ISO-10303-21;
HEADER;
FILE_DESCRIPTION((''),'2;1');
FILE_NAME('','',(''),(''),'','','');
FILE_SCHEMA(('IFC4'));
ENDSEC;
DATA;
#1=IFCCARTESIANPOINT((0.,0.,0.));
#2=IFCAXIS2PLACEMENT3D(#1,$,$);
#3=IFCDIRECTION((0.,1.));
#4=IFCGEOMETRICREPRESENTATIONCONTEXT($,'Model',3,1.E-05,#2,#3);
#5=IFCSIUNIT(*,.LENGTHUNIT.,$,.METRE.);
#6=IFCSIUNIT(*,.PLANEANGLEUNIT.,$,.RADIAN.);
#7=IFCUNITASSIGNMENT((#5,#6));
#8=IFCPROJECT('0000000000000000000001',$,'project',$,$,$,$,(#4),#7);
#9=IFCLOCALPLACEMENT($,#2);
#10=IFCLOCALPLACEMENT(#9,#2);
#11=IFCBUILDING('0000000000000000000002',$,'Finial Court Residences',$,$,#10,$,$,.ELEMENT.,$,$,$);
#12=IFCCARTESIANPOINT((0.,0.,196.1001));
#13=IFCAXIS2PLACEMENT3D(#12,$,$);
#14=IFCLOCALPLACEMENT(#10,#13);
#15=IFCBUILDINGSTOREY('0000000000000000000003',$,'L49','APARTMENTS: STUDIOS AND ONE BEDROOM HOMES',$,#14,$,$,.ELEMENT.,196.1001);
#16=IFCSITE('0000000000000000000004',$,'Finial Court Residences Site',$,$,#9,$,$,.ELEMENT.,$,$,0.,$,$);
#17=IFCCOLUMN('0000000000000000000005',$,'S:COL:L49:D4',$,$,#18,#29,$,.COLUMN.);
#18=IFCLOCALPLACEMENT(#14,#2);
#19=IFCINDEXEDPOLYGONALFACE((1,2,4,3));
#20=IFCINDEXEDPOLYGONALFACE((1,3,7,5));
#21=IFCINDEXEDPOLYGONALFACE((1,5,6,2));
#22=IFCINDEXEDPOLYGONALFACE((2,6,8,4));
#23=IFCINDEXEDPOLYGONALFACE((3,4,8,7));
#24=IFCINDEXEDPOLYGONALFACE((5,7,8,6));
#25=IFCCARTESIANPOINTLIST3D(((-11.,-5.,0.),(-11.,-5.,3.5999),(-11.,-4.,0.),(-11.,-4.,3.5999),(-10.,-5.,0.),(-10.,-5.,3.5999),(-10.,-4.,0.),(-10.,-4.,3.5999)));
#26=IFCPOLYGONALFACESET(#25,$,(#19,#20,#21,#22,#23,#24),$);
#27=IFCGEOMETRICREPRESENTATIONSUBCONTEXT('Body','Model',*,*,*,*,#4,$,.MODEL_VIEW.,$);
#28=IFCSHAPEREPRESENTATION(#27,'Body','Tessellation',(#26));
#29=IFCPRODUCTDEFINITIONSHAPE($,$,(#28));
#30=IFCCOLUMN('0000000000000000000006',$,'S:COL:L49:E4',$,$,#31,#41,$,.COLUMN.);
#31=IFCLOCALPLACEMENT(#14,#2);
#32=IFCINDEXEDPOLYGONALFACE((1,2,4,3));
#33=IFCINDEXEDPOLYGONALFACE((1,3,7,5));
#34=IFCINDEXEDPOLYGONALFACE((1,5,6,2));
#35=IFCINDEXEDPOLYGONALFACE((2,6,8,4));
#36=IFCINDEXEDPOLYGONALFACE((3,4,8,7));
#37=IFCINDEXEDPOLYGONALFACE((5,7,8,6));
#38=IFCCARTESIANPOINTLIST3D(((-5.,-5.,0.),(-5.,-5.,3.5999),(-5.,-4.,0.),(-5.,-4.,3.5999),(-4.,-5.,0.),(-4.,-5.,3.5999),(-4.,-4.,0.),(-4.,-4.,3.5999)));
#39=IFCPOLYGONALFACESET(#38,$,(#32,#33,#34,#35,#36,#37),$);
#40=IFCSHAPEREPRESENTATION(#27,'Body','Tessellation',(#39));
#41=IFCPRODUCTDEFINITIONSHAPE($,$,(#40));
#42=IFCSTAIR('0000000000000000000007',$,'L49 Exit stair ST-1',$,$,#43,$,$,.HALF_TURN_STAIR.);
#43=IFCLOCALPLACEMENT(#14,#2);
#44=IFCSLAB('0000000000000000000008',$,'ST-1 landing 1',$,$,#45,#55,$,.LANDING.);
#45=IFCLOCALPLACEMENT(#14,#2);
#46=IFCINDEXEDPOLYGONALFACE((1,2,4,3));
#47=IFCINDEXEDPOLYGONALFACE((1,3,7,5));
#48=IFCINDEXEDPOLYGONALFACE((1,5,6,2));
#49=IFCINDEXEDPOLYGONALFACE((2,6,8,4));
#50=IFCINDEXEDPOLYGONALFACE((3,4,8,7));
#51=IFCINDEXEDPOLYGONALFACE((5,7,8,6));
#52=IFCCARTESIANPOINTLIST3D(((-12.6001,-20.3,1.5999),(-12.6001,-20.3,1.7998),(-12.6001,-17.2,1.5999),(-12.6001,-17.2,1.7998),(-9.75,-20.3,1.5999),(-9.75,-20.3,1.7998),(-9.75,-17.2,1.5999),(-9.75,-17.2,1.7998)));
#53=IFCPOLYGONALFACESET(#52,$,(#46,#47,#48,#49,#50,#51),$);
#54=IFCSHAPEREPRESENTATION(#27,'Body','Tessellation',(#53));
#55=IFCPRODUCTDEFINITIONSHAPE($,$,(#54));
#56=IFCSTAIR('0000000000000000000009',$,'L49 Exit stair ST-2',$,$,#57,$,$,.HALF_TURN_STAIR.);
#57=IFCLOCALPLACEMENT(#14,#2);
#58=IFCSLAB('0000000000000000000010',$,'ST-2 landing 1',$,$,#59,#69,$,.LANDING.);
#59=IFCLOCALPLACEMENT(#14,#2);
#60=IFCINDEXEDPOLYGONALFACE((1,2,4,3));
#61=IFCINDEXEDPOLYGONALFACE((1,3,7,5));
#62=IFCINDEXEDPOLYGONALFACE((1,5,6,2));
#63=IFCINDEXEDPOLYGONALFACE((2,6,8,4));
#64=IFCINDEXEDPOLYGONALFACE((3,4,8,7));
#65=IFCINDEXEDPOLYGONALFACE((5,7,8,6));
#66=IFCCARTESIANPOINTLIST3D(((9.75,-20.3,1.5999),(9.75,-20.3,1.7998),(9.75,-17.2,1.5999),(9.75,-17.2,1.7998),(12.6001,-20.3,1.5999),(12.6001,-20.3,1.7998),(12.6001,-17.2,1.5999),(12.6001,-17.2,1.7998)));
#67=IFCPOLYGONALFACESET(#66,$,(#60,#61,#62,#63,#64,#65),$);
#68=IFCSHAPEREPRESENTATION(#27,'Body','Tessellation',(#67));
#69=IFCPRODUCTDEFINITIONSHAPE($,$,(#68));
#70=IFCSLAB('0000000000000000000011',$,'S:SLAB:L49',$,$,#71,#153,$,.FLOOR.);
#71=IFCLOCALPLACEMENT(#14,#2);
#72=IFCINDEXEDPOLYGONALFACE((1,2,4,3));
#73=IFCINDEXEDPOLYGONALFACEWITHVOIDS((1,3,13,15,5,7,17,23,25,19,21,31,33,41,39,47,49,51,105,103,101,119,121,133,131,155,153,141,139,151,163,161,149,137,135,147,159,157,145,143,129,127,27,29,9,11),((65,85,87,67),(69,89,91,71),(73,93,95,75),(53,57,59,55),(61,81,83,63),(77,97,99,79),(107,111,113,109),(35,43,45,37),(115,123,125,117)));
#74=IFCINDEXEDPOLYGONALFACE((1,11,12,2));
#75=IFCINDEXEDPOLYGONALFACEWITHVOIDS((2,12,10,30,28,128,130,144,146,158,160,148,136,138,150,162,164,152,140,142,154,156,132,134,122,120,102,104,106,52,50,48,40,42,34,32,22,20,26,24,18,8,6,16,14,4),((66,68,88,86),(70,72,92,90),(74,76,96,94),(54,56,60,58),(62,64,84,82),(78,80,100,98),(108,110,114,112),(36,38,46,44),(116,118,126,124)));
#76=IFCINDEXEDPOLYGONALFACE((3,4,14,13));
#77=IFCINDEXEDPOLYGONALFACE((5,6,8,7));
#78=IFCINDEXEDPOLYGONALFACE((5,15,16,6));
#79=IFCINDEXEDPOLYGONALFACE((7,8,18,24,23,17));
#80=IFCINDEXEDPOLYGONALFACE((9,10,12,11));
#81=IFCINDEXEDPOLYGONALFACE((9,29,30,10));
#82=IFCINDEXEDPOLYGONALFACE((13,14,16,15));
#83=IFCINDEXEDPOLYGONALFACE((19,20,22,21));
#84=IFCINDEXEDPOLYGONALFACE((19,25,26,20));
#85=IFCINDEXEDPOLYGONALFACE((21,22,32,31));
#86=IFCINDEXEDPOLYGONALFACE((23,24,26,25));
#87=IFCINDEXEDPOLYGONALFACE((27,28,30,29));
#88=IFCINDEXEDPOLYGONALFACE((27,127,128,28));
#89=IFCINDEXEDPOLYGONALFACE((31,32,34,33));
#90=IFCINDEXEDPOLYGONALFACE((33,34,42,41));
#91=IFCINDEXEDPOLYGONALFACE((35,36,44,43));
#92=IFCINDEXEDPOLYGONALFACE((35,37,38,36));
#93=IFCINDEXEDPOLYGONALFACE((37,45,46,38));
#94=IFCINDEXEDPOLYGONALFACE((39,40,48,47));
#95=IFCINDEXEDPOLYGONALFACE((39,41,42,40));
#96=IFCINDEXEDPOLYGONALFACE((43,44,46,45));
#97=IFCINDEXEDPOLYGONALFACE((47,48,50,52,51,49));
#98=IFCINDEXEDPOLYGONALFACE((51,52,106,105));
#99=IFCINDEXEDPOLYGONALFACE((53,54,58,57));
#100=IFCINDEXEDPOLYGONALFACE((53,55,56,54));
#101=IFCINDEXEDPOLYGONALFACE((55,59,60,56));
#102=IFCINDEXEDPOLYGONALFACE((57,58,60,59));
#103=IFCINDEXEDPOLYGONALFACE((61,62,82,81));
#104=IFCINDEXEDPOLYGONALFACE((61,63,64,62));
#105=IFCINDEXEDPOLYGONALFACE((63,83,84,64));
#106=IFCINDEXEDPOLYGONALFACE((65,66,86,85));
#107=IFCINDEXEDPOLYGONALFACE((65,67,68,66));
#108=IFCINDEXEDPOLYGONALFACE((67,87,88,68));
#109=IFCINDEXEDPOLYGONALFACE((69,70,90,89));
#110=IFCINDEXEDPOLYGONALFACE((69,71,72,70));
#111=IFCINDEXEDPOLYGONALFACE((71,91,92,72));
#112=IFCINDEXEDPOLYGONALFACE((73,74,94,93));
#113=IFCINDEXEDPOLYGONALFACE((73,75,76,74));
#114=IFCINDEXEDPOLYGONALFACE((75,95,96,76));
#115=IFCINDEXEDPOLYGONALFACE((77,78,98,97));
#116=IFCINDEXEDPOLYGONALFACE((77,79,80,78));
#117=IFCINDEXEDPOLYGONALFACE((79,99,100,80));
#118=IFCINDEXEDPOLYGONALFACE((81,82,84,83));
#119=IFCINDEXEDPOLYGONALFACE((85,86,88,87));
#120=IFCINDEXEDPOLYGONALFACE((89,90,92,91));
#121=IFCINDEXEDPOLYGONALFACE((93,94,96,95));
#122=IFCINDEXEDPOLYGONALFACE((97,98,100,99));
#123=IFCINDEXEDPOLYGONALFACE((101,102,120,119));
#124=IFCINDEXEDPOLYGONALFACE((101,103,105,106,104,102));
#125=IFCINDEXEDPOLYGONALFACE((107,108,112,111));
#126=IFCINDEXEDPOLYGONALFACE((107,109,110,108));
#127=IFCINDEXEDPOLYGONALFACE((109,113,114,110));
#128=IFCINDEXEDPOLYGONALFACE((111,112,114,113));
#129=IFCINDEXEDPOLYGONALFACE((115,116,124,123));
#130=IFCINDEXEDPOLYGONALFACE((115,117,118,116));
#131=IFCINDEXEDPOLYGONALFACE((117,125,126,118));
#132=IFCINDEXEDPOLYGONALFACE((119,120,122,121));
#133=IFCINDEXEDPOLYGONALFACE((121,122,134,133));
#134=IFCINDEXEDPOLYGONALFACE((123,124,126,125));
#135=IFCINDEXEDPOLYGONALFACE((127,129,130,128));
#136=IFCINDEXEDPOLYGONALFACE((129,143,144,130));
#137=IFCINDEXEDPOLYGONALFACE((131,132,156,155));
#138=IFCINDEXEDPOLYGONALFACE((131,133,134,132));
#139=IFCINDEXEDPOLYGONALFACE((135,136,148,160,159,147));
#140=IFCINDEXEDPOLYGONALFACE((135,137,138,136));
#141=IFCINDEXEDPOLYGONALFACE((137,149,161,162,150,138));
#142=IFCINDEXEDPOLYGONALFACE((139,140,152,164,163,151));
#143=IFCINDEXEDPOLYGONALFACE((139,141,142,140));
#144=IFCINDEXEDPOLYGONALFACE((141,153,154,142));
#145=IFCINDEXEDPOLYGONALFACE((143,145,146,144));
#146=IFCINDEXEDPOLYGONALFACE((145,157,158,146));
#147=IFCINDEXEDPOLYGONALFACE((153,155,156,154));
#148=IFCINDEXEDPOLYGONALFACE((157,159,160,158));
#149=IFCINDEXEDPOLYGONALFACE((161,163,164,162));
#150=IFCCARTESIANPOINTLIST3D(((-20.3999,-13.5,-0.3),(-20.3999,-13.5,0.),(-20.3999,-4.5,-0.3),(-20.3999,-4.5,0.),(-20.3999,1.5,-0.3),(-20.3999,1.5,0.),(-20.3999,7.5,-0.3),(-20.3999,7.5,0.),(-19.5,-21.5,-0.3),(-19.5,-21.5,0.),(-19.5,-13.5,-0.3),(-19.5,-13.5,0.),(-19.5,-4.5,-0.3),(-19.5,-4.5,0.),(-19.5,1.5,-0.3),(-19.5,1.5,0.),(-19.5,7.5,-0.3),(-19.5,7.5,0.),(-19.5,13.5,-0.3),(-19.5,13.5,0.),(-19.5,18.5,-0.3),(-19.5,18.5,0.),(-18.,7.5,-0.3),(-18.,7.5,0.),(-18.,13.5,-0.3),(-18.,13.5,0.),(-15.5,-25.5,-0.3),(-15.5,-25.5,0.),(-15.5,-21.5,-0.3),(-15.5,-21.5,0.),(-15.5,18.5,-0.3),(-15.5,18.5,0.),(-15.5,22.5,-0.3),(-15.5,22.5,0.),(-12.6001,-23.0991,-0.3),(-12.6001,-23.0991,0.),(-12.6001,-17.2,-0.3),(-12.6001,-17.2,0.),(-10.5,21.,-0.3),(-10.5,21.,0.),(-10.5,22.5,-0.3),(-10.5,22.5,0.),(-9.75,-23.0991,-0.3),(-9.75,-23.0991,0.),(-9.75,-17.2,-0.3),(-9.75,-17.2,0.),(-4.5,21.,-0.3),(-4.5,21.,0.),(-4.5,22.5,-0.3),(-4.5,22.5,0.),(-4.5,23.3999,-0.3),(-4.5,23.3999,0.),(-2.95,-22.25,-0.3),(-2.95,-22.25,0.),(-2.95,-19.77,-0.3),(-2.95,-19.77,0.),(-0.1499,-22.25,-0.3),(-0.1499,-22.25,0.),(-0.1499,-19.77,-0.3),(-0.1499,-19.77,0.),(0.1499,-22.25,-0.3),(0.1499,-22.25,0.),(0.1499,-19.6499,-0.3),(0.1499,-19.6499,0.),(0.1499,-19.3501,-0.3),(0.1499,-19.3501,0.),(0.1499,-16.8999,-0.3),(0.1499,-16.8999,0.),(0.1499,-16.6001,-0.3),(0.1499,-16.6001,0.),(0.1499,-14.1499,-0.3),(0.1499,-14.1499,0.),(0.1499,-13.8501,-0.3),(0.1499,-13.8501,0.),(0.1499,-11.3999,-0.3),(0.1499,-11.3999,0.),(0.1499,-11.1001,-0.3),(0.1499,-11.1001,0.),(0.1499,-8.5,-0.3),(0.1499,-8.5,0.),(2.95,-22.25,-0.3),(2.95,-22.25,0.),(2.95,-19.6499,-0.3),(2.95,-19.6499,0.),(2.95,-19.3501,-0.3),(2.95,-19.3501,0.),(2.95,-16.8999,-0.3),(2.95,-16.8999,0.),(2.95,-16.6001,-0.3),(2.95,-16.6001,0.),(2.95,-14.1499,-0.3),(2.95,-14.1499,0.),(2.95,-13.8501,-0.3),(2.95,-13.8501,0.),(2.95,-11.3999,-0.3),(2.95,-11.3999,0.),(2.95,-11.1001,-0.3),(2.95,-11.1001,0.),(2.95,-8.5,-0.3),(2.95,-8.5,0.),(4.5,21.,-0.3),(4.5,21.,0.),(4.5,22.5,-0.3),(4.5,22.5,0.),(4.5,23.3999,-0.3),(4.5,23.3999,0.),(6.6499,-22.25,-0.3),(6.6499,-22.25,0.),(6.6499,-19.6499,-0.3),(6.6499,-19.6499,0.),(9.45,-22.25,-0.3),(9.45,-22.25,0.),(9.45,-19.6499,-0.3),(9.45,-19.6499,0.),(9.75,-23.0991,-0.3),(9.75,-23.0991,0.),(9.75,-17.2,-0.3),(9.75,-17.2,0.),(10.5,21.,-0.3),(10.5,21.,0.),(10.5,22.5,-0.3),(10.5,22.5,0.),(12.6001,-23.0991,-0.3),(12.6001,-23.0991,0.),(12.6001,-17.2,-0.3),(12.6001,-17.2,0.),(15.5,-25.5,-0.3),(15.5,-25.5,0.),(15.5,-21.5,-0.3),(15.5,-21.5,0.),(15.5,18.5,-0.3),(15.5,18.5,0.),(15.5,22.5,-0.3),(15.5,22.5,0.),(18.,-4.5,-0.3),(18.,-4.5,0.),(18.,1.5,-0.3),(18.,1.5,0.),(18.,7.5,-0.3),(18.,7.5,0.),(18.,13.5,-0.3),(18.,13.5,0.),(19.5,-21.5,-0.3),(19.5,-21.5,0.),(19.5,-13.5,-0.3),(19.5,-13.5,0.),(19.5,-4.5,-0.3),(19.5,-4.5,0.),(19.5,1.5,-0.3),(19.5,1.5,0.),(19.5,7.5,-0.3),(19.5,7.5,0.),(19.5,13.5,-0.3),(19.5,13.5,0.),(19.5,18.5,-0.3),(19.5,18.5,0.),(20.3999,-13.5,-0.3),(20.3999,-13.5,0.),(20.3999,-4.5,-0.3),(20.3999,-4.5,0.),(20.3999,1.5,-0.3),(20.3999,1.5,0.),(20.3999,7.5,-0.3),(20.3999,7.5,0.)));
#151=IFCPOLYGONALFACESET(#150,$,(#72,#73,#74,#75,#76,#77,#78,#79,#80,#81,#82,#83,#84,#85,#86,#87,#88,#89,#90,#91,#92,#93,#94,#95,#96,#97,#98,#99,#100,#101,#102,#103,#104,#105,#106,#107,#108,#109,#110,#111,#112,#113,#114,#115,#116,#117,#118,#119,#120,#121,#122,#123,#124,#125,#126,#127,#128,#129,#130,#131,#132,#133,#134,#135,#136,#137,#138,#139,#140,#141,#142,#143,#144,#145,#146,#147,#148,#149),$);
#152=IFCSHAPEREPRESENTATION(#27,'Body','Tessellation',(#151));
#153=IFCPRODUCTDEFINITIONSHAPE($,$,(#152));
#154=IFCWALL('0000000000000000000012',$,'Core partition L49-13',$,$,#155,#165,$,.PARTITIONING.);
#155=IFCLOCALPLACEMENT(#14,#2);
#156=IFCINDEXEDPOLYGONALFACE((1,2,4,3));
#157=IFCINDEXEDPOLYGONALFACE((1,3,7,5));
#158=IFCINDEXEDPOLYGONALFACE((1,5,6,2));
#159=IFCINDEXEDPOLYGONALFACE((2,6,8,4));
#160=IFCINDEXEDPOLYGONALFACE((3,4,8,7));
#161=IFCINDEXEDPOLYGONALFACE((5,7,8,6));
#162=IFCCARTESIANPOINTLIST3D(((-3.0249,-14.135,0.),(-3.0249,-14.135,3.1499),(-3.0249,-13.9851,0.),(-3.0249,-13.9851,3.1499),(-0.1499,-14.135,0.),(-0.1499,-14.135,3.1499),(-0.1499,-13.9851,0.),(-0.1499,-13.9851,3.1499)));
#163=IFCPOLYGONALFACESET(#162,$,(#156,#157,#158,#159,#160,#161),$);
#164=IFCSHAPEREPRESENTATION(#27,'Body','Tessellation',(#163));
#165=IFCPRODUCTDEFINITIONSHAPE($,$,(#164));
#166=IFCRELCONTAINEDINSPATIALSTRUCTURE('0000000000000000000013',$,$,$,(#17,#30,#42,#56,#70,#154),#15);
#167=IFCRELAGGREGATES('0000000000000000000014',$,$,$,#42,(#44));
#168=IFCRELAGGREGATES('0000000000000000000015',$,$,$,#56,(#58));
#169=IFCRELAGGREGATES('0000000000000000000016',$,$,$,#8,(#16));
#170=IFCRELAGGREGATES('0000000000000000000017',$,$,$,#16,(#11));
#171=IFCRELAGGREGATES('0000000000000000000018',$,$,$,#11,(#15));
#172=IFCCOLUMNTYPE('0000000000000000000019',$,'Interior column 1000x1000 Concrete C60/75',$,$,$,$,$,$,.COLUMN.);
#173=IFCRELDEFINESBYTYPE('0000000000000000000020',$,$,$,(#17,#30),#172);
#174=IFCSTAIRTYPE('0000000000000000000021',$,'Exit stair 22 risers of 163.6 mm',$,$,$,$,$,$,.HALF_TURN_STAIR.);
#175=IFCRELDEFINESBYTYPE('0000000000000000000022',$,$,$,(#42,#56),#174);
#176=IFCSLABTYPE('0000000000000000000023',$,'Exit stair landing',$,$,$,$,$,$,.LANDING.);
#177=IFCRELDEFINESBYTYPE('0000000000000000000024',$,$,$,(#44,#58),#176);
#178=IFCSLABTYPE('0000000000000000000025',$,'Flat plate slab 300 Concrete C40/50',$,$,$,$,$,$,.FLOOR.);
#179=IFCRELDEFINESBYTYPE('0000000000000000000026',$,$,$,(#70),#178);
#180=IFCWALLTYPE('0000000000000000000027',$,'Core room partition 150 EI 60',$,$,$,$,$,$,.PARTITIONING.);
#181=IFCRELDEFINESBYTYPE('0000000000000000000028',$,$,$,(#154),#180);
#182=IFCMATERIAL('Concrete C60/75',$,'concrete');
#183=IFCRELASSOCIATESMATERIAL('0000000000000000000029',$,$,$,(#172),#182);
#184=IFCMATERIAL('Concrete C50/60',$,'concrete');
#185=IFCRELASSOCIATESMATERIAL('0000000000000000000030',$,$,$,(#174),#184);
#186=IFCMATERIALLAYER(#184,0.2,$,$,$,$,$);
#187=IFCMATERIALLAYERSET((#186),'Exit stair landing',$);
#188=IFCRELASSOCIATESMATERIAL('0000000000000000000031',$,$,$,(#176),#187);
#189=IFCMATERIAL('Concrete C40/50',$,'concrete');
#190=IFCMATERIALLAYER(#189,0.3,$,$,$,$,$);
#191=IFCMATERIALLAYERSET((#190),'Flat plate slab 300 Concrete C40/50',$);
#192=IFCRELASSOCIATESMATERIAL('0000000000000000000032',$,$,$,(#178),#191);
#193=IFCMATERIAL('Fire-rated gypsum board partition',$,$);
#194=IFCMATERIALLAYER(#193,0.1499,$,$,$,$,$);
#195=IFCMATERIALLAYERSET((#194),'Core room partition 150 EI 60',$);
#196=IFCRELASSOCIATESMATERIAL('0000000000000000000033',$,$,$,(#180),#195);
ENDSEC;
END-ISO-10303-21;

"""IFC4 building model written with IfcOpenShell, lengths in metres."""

from ifc_helpers import new_model, si_unit, direction, frame, frame_2d, origin, origin_2d, place, context, subcontext, project, spatial, polyline, rectangle, outline, extrude, material, layer, layer_set, material_profile, profile_set, type_object, element, aggregate, save


model = new_model("IFC4")

# Units and contexts
model_context = context("Model", 3, precision=1e-05, world=origin(), true_north=direction((0.0, 1.0)))
body_context = subcontext(model_context, "Body", "Model", "MODEL_VIEW")
ifc_project = project(units=[si_unit("LENGTHUNIT", "METRE"), si_unit("PLANEANGLEUNIT", "RADIAN")], contexts=[model_context])

# Site, building, storey
site_placement = place(None, origin())
site = spatial("IfcSite", under=ifc_project, at=site_placement, Name="Finial Court Residences Site", CompositionType="ELEMENT", RefElevation=0.0)
building_placement = place(site_placement, origin())
building = spatial("IfcBuilding", under=site, at=building_placement, Name="Finial Court Residences", CompositionType="ELEMENT")
storey_placement = place(building_placement, frame((0.0, 0.0, 196.1001)))
storey = spatial("IfcBuildingStorey", under=building, at=storey_placement, Name="L49", Description="APARTMENTS: STUDIOS AND ONE BEDROOM HOMES", CompositionType="ELEMENT", Elevation=196.1001)

# Columns
ifc_material_1 = material(Name="Concrete C60/75", Category="concrete")
ifc_material_profile = material_profile(ifc_material_1, rectangle(XDim=1.0, YDim=1.0, at=origin_2d()), Name="1000x1000")
ifc_profile_set = profile_set([ifc_material_profile], Name="Concrete C60/75")
column_type = type_object("IfcColumnType", Name="Interior column 1000x1000 Concrete C60/75", PredefinedType="COLUMN", material=ifc_profile_set)
for number, where, z_axis, x_axis, name in (
    (1, (-10.5, -4.5, 0.0), (0.0, 0.0, 1.0), (1.0, 0.0, 0.0), "S:COL:L49:D4"),
    (2, (-4.5, -4.5, 0.0), (0.0, 0.0, 1.0), (1.0, 0.0, 0.0), "S:COL:L49:E4"),
):
    element("IfcColumn", number, at=place(storey_placement, frame(where, z_axis=z_axis, x_axis=x_axis)), inside=storey, type_object=column_type, Name=name, PredefinedType="COLUMN", context=body_context, shape_type="SweptSolid", body=[
        extrude(rectangle(XDim=1.0, YDim=1.0, at=origin_2d()), origin(), (0.0, 0.0, 1.0), 3.5999),
    ])

# Stairs, slabs
ifc_material_2 = material(Name="Concrete C50/60", Category="concrete")
stair_type = type_object("IfcStairType", Name="Exit stair 22 risers of 163.6 mm", PredefinedType="HALF_TURN_STAIR", material=ifc_material_2)
stair_1_placement = place(storey_placement, origin())
stair_1 = element("IfcStair", 3, at=stair_1_placement, inside=storey, type_object=stair_type, Name="L49 Exit stair ST-1", PredefinedType="HALF_TURN_STAIR")
ifc_layer_1 = layer(ifc_material_2, 0.2)
ifc_layer_set_1 = layer_set([ifc_layer_1], Name="Exit stair landing")
slab_type_1 = type_object("IfcSlabType", Name="Exit stair landing", PredefinedType="LANDING", material=ifc_layer_set_1)
slab_1_placement = place(storey_placement, frame((0.0, 0.0, 1.5999)))
slab_1 = element("IfcSlab", 4, at=slab_1_placement, type_object=slab_type_1, Name="ST-1 landing 1", PredefinedType="LANDING", context=body_context, shape_type="SweptSolid", body=[
    extrude(outline(polyline([(-9.75, -20.3), (-9.75, -17.2), (-12.6001, -17.2), (-12.6001, -20.3), (-9.75, -20.3)])), origin(), (0.0, 0.0, 1.0), 0.2),
])
aggregate(stair_1, [slab_1])
stair_2_placement = place(storey_placement, origin())
stair_2 = element("IfcStair", 5, at=stair_2_placement, inside=storey, type_object=stair_type, Name="L49 Exit stair ST-2", PredefinedType="HALF_TURN_STAIR")
slab_2_placement = place(storey_placement, frame((0.0, 0.0, 1.5999)))
slab_2 = element("IfcSlab", 6, at=slab_2_placement, type_object=slab_type_1, Name="ST-2 landing 1", PredefinedType="LANDING", context=body_context, shape_type="SweptSolid", body=[
    extrude(outline(polyline([(12.6001, -20.3), (12.6001, -17.2), (9.75, -17.2), (9.75, -20.3), (12.6001, -20.3)])), origin(), (0.0, 0.0, 1.0), 0.2),
])
aggregate(stair_2, [slab_2])

# Slab
ifc_material_3 = material(Name="Concrete C40/50", Category="concrete")
ifc_layer_2 = layer(ifc_material_3, 0.3)
ifc_layer_set_2 = layer_set([ifc_layer_2], Name="Flat plate slab 300 Concrete C40/50")
slab_type_2 = type_object("IfcSlabType", Name="Flat plate slab 300 Concrete C40/50", PredefinedType="FLOOR", material=ifc_layer_set_2)
slab_3_placement = place(storey_placement, frame((0.0, 0.0, -0.3)))
element("IfcSlab", 7, at=slab_3_placement, inside=storey, type_object=slab_type_2, Name="S:SLAB:L49", PredefinedType="FLOOR", context=body_context, shape_type="SweptSolid", body=[
    extrude(outline(polyline([(20.3999, -4.5), (20.3999, -13.5), (19.5, -13.5), (19.5, -21.5), (15.5, -21.5), (15.5, -25.5), (-15.5, -25.5), (-15.5, -21.5), (-19.5, -21.5), (-19.5, -13.5), (-20.3999, -13.5), (-20.3999, -4.5), (-19.5, -4.5), (-19.5, 1.5), (-20.3999, 1.5), (-20.3999, 7.5), (-19.5, 7.5), (-18.0, 7.5), (-18.0, 13.5), (-19.5, 13.5), (-19.5, 18.5), (-15.5, 18.5), (-15.5, 22.5), (-10.5, 22.5), (-10.5, 21.0), (-4.5, 21.0), (-4.5, 22.5), (-4.5, 23.3999), (4.5, 23.3999), (4.5, 22.5), (4.5, 21.0), (10.5, 21.0), (10.5, 22.5), (15.5, 22.5), (15.5, 18.5), (19.5, 18.5), (19.5, 13.5), (18.0, 13.5), (18.0, 7.5), (19.5, 7.5), (20.3999, 7.5), (20.3999, 1.5), (19.5, 1.5), (18.0, 1.5), (18.0, -4.5), (19.5, -4.5), (20.3999, -4.5)]), holes=[polyline([(-0.1499, -19.77), (-2.95, -19.77), (-2.95, -22.25), (-0.1499, -22.25), (-0.1499, -19.77)]), polyline([(2.95, -19.6499), (0.1499, -19.6499), (0.1499, -22.25), (2.95, -22.25), (2.95, -19.6499)]), polyline([(9.45, -19.6499), (6.6499, -19.6499), (6.6499, -22.25), (9.45, -22.25), (9.45, -19.6499)]), polyline([(-12.6001, -17.2), (-12.6001, -23.0991), (-9.75, -23.0991), (-9.75, -17.2), (-12.6001, -17.2)]), polyline([(9.75, -17.2), (9.75, -23.0991), (12.6001, -23.0991), (12.6001, -17.2), (9.75, -17.2)]), polyline([(2.95, -16.8999), (0.1499, -16.8999), (0.1499, -19.3501), (2.95, -19.3501), (2.95, -16.8999)]), polyline([(2.95, -14.1499), (0.1499, -14.1499), (0.1499, -16.6001), (2.95, -16.6001), (2.95, -14.1499)]), polyline([(2.95, -13.8501), (2.95, -11.3999), (0.1499, -11.3999), (0.1499, -13.8501), (2.95, -13.8501)]), polyline([(2.95, -11.1001), (2.95, -8.5), (0.1499, -8.5), (0.1499, -11.1001), (2.95, -11.1001)])]), origin(), (0.0, 0.0, 1.0), 0.3),
])

# Wall
ifc_material_4 = material(Name="Fire-rated gypsum board partition")
ifc_layer_3 = layer(ifc_material_4, 0.1499)
ifc_layer_set_3 = layer_set([ifc_layer_3], Name="Core room partition 150 EI 60")
wall_type_1 = type_object("IfcWallType", Name="Core room partition 150 EI 60", PredefinedType="PARTITIONING", material=ifc_layer_set_3)
wall_1_placement = place(storey_placement, frame((-3.0249, -14.0601, 0.0), z_axis=(0.0, 0.0, 1.0), x_axis=(1.0, 0.0, 0.0)))
element("IfcWall", 8, at=wall_1_placement, inside=storey, type_object=wall_type_1, Name="Core partition L49-13", PredefinedType="PARTITIONING", context=body_context, shape_type="SweptSolid", body=[
    extrude(rectangle(XDim=2.875, YDim=0.1499, at=frame_2d((1.4375, 0.0))), origin(), (0.0, 0.0, 1.0), 3.1499),
])

save(model, "model.ifc")
